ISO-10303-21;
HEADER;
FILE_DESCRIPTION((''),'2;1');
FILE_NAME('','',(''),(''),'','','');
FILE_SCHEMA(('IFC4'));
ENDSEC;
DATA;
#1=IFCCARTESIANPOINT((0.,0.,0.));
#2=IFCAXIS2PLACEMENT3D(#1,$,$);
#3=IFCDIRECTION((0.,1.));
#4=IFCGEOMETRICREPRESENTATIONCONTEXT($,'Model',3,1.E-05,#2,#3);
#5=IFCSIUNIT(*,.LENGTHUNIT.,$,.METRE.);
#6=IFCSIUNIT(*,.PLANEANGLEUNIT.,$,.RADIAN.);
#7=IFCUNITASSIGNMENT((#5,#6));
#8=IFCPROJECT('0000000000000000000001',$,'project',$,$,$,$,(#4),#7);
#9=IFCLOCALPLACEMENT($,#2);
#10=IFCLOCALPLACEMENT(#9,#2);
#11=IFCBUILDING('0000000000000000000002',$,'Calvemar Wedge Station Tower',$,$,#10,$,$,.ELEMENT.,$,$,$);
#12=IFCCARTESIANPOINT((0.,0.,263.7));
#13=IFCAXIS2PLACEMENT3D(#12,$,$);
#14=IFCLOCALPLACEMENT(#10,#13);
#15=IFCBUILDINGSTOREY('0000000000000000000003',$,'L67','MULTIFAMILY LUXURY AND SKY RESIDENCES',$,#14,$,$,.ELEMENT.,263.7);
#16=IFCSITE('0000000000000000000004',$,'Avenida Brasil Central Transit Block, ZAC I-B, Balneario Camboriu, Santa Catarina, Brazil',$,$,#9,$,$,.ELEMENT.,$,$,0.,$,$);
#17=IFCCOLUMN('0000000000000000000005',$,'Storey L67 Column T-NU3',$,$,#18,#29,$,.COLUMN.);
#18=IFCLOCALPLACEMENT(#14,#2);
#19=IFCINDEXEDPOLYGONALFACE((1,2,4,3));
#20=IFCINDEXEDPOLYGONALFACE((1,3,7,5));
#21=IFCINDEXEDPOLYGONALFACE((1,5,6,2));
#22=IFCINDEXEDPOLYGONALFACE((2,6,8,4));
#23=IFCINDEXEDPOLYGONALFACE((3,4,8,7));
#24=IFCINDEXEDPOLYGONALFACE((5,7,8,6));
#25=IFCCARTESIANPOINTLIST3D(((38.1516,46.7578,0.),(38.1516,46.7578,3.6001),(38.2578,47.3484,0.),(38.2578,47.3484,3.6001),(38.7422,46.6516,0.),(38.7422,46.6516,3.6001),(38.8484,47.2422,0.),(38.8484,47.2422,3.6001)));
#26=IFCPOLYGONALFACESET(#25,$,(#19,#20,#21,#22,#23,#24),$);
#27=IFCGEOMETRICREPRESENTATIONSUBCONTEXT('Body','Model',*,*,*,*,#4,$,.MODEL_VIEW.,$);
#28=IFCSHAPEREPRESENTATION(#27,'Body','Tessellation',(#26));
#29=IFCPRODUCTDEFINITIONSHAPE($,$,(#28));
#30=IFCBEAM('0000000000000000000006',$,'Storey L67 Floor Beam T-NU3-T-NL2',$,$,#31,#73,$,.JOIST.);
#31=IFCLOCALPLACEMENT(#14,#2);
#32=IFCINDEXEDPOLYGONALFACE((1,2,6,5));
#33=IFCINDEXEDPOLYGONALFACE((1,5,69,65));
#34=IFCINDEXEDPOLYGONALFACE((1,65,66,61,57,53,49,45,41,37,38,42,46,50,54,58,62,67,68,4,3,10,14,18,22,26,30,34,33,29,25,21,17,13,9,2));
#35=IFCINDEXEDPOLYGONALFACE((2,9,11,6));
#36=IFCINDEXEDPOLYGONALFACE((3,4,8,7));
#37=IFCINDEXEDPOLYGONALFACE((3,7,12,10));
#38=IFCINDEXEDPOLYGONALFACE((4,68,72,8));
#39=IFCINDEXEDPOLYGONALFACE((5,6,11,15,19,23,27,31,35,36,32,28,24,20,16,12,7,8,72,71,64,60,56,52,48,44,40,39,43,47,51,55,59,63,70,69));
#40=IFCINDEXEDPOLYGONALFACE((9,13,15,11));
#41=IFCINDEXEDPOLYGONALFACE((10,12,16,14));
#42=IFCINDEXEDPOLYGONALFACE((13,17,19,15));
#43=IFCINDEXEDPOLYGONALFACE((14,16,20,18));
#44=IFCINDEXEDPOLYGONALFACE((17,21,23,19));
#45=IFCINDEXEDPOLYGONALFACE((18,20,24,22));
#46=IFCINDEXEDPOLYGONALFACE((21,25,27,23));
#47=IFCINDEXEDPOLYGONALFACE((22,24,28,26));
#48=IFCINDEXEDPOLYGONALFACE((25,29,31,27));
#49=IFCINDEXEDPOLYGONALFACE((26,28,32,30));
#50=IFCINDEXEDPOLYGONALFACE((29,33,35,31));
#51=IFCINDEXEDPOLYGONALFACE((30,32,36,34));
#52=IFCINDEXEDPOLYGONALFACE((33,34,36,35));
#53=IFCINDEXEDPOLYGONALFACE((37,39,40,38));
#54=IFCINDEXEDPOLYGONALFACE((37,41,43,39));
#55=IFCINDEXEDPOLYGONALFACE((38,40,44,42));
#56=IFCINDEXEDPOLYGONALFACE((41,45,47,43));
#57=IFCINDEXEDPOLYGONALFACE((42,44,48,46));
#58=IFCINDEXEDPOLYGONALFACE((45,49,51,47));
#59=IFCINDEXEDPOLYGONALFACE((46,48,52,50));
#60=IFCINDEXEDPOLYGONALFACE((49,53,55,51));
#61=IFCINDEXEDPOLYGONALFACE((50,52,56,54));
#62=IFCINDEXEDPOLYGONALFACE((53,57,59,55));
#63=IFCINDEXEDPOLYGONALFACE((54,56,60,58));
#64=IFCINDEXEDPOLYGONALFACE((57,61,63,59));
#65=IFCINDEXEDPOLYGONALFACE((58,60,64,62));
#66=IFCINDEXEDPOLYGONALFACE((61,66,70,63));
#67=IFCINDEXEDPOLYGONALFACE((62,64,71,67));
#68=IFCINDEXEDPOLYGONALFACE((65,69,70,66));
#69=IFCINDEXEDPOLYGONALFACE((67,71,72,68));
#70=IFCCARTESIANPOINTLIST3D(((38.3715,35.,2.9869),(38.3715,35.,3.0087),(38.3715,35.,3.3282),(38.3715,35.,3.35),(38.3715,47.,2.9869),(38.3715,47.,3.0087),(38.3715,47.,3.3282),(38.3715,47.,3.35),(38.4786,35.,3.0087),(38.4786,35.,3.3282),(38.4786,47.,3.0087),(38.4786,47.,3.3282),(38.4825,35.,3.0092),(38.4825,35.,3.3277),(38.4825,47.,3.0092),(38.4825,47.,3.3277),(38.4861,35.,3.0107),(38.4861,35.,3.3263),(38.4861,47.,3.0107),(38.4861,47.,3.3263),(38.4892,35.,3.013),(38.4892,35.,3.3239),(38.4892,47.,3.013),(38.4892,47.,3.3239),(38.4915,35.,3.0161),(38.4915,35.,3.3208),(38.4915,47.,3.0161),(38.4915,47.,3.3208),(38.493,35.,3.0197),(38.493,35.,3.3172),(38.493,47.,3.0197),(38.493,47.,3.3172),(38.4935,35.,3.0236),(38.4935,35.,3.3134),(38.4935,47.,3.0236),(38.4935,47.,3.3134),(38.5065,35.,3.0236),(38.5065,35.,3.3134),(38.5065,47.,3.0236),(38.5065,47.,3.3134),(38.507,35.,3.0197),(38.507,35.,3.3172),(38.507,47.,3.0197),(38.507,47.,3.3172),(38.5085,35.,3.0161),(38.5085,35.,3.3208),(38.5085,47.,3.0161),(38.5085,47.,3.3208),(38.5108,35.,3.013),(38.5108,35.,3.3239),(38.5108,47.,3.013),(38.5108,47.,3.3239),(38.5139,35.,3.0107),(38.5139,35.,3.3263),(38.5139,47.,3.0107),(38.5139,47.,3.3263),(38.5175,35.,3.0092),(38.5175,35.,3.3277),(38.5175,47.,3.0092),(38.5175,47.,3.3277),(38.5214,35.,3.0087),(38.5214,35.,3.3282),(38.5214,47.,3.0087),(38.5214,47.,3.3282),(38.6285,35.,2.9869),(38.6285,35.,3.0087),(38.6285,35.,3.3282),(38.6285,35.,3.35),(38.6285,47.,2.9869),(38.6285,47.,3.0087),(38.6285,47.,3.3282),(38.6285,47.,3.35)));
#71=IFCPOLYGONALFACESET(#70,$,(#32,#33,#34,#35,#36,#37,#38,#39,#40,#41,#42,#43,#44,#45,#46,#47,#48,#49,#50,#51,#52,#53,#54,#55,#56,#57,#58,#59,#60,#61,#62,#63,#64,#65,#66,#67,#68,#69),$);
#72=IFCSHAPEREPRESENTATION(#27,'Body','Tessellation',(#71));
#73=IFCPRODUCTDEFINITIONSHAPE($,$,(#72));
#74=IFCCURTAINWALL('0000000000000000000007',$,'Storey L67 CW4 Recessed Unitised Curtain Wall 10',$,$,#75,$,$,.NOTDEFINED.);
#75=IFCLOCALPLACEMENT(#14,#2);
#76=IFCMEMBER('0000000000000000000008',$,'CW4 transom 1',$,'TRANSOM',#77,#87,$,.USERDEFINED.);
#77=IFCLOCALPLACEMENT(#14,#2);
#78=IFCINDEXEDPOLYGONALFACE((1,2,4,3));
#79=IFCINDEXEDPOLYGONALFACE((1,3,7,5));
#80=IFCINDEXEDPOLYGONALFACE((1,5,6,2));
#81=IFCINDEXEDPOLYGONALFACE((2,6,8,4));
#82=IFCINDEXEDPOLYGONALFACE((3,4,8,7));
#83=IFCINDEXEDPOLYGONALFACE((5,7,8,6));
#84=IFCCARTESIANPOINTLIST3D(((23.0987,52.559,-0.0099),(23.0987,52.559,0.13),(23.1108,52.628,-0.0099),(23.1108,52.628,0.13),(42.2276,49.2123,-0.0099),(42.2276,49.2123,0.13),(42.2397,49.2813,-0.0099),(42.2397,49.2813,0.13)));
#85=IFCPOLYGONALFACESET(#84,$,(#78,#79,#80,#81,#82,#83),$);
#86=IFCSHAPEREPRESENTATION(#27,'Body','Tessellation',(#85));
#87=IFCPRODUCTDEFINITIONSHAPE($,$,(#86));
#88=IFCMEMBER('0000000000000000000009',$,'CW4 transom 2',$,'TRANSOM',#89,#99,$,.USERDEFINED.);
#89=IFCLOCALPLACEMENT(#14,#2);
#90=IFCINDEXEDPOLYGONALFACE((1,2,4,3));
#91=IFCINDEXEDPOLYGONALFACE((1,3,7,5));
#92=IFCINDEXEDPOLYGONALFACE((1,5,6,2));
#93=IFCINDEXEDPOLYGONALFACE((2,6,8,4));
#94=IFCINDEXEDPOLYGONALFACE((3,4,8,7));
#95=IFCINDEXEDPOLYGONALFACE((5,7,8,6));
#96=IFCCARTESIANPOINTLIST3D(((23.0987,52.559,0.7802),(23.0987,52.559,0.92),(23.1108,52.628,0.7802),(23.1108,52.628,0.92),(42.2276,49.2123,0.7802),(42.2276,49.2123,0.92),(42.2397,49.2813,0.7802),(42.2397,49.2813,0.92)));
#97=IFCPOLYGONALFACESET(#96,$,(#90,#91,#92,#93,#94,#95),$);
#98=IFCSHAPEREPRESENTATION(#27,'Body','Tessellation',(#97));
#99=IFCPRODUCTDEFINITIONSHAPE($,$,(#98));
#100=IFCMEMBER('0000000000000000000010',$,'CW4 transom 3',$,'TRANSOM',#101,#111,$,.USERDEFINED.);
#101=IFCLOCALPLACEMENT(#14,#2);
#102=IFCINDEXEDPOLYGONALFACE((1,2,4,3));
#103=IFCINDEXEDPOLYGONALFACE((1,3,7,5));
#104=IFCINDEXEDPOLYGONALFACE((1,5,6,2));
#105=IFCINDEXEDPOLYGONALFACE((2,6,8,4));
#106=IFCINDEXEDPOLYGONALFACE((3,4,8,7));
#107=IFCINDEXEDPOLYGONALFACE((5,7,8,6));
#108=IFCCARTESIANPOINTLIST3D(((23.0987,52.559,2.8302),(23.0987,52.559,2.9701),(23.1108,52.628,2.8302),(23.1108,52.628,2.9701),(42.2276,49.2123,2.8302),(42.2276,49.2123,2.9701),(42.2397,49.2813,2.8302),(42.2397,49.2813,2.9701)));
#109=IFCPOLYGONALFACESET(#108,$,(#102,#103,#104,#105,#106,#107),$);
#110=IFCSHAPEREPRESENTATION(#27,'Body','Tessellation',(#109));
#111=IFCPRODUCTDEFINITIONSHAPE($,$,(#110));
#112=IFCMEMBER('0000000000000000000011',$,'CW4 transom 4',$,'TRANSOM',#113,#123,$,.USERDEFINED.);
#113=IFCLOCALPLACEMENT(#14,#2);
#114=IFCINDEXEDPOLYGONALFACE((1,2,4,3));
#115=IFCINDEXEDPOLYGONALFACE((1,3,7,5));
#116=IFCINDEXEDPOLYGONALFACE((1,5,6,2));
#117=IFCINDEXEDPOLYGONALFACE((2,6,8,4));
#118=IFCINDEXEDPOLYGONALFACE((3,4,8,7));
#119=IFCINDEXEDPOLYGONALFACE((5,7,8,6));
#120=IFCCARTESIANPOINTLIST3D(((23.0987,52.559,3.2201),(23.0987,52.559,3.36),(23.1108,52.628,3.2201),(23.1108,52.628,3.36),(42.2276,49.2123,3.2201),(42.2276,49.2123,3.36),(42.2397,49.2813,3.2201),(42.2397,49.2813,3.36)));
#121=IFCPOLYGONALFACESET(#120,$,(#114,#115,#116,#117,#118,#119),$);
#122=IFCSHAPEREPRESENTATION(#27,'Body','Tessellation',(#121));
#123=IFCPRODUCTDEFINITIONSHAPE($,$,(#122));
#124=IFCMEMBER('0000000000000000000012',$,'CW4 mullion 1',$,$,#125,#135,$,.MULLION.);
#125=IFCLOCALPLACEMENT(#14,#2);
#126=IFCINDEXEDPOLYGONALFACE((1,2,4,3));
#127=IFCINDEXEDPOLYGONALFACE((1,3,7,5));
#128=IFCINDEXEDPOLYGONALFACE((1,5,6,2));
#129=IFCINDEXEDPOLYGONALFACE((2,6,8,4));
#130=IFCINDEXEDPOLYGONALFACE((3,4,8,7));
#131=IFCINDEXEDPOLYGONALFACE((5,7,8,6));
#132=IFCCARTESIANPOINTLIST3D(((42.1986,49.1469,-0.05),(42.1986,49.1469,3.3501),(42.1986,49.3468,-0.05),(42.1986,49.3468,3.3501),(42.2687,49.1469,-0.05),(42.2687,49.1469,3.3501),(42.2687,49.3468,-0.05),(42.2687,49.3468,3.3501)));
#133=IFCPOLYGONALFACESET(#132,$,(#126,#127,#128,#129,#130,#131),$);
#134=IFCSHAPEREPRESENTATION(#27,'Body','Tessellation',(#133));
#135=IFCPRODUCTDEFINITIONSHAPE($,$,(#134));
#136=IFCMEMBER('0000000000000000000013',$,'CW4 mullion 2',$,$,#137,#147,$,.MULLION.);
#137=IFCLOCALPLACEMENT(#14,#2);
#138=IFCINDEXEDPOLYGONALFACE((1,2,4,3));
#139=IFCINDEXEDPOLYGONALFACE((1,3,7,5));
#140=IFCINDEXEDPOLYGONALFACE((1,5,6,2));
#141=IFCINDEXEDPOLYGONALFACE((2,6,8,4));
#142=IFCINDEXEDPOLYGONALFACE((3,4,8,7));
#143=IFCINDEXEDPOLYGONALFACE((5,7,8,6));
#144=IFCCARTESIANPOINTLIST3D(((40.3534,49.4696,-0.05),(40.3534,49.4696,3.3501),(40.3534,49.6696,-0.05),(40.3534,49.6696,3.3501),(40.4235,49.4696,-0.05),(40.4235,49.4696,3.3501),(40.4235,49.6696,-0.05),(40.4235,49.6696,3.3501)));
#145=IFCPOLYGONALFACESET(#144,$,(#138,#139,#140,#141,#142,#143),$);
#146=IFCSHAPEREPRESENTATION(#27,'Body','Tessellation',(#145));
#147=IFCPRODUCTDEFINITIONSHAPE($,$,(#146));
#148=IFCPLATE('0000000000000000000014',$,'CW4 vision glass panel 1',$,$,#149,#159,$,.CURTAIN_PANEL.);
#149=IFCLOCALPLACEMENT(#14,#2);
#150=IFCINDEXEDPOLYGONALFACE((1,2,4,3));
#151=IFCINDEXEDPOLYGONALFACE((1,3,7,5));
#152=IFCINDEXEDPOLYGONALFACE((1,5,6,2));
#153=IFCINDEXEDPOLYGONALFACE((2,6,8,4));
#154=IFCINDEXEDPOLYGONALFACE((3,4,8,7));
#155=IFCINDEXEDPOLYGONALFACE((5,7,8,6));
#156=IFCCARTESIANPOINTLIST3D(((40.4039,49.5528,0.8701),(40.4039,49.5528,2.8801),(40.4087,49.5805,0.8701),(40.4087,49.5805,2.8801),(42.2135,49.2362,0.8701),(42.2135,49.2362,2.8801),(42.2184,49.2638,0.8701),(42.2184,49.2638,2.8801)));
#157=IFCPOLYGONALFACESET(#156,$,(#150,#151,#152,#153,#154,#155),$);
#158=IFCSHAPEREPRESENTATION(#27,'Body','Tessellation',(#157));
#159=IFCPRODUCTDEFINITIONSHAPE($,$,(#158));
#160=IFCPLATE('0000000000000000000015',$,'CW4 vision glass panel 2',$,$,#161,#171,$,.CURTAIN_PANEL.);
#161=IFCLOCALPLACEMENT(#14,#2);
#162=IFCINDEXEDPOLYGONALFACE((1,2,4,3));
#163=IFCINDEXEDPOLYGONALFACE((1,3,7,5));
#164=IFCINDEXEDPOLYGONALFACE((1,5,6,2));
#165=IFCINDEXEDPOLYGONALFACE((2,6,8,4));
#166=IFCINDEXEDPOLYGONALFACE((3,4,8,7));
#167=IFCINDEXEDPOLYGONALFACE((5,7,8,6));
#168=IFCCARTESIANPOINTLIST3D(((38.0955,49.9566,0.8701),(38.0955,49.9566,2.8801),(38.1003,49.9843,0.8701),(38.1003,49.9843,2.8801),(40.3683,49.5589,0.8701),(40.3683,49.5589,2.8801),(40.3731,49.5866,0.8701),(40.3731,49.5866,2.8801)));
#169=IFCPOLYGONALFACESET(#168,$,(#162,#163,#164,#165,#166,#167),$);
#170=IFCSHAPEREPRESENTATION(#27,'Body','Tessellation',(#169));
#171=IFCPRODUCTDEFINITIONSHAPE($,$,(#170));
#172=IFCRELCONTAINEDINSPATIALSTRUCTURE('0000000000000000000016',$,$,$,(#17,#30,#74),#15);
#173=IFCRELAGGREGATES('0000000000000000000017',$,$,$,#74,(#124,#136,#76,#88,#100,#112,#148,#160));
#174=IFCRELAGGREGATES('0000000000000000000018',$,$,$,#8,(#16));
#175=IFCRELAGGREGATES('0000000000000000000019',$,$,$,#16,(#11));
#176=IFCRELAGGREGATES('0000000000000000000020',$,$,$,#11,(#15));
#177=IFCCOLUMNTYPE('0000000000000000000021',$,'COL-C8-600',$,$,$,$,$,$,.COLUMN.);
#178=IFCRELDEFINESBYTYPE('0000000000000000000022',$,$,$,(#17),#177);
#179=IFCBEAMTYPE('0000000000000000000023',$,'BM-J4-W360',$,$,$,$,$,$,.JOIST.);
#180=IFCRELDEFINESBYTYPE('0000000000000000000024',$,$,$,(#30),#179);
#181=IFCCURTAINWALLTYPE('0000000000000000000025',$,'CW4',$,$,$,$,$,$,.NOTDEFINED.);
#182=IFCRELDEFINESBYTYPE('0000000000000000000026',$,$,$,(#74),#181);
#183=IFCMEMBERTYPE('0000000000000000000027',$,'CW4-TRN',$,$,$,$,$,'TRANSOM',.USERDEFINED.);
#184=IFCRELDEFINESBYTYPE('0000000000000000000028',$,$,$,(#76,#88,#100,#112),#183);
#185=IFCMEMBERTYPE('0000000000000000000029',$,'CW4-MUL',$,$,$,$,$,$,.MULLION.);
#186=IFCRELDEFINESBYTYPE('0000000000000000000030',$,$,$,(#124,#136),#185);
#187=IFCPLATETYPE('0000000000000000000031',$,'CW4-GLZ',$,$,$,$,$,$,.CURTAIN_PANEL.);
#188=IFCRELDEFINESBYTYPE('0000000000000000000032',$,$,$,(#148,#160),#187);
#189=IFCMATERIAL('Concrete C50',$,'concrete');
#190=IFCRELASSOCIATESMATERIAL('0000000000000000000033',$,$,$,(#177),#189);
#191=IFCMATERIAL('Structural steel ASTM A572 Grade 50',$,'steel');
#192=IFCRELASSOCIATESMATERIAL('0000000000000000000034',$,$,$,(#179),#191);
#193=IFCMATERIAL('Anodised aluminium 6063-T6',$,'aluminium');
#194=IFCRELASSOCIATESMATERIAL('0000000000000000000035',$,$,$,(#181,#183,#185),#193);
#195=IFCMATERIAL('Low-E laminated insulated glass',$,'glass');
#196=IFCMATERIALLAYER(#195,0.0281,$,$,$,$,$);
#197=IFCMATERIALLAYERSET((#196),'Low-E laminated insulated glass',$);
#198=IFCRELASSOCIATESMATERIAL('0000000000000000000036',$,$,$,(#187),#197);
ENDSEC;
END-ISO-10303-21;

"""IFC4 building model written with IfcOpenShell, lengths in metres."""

from ifc_helpers import new_model, si_unit, direction, frame, frame_2d, origin, origin_2d, place, context, subcontext, project, spatial, rectangle, i_section, extrude, source, transform, mapped, material, layer, layer_set, material_profile, profile_set, type_object, element, aggregate, save


model = new_model("IFC4")

# Units and contexts
model_context = context("Model", 3, precision=1e-05, world=origin(), true_north=direction((0.0, 1.0)))
body_context = subcontext(model_context, "Body", "Model", "MODEL_VIEW")
ifc_project = project(units=[si_unit("LENGTHUNIT", "METRE"), si_unit("PLANEANGLEUNIT", "RADIAN")], contexts=[model_context])

# Site, building, storey
site_placement = place(None, origin())
site = spatial("IfcSite", under=ifc_project, at=site_placement, Name="Avenida Brasil Central Transit Block, ZAC I-B, Balneario Camboriu, Santa Catarina, Brazil", CompositionType="ELEMENT", RefElevation=0.0)
building_placement = place(site_placement, origin())
building = spatial("IfcBuilding", under=site, at=building_placement, Name="Calvemar Wedge Station Tower", CompositionType="ELEMENT")
storey_placement = place(building_placement, frame((0.0, 0.0, 263.7)))
storey = spatial("IfcBuildingStorey", under=building, at=storey_placement, Name="L67", Description="MULTIFAMILY LUXURY AND SKY RESIDENCES", CompositionType="ELEMENT", Elevation=263.7)

# Column
ifc_material_1 = material(Name="Concrete C50", Category="concrete")
ifc_material_profile_1 = material_profile(ifc_material_1, rectangle(XDim=0.6001, YDim=0.6001, at=origin_2d()), Name="RC600x600")
ifc_profile_set_1 = profile_set([ifc_material_profile_1], Name="Concrete C50")
column_type = type_object("IfcColumnType", Name="COL-C8-600", PredefinedType="COLUMN", material=ifc_profile_set_1)
shared_shape_1 = source(origin(), body_context, "Body", "SweptSolid", [
    extrude(rectangle(XDim=0.6001, YDim=0.6001, at=origin_2d()), origin(), (0.0, 0.0, 1.0), 3.6001),
])
column_placement = place(storey_placement, frame((38.5, 47.0, 0.0), z_axis=(0.0, 0.0, 1.0), x_axis=(0.984196, -0.177085, 0.0)))
element("IfcColumn", 1, at=column_placement, inside=storey, type_object=column_type, Name="Storey L67 Column T-NU3", PredefinedType="COLUMN", context=body_context, shape_type="MappedRepresentation", body=[
    mapped(shared_shape_1, transform((0.0, 0.0, 0.0), scale=1.0)),
])

# Beam
ifc_material_2 = material(Name="Structural steel ASTM A572 Grade 50", Category="steel")
ifc_material_profile_2 = material_profile(ifc_material_2, i_section(OverallWidth=0.2571, OverallDepth=0.363, WebThickness=0.0129, FlangeThickness=0.0217, FilletRadius=0.0149, at=origin_2d()), Name="W360x122")
ifc_profile_set_2 = profile_set([ifc_material_profile_2], Name="Structural steel ASTM A572 Grade 50")
beam_type = type_object("IfcBeamType", Name="BM-J4-W360", PredefinedType="JOIST", material=ifc_profile_set_2)
shared_shape_2 = source(origin(), body_context, "Body", "SweptSolid", [
    extrude(i_section(OverallWidth=0.2571, OverallDepth=0.363, WebThickness=0.0129, FlangeThickness=0.0217, FilletRadius=0.0149, at=origin_2d()), origin(), (0.0, 0.0, 1.0), 12.0),
])
beam_placement = place(storey_placement, frame((38.5, 47.0, 3.1685), z_axis=(0.0, -1.0, 0.0), x_axis=(1.0, 0.0, 0.0)))
element("IfcBeam", 2, at=beam_placement, inside=storey, type_object=beam_type, Name="Storey L67 Floor Beam T-NU3-T-NL2", PredefinedType="JOIST", context=body_context, shape_type="MappedRepresentation", body=[
    mapped(shared_shape_2, transform((0.0, 0.0, 0.0), scale=1.0)),
])

# Curtain wall, members, plates
ifc_material_3 = material(Name="Anodised aluminium 6063-T6", Category="aluminium")
curtain_wall_type = type_object("IfcCurtainWallType", Name="CW4", PredefinedType="NOTDEFINED", material=ifc_material_3)
curtain_wall_placement = place(storey_placement, origin())
curtain_wall = element("IfcCurtainWall", 3, at=curtain_wall_placement, inside=storey, type_object=curtain_wall_type, Name="Storey L67 CW4 Recessed Unitised Curtain Wall 10", PredefinedType="NOTDEFINED")
ifc_material_profile_3 = material_profile(ifc_material_3, rectangle(XDim=0.0701, YDim=0.1399, at=origin_2d()), Name="AL-TRN-70x140")
ifc_profile_set_3 = profile_set([ifc_material_profile_3], Name="Anodised aluminium 6063-T6")
member_type_1 = type_object("IfcMemberType", Name="CW4-TRN", ElementType="TRANSOM", PredefinedType="USERDEFINED", material=ifc_profile_set_3)
shared_shape_3 = source(origin(), body_context, "Body", "SweptSolid", [
    extrude(rectangle(XDim=0.0701, YDim=0.1399, at=origin_2d()), origin(), (0.0, 0.0, 1.0), 19.4194),
])
member_1_placement = place(storey_placement, frame((42.2336, 49.2468, 0.0601), z_axis=(-0.985038, 0.172336, 0.0), x_axis=(-0.172336, -0.985038, 0.0)))
member_1 = element("IfcMember", 4, at=member_1_placement, type_object=member_type_1, Name="CW4 transom 1", ObjectType="TRANSOM", PredefinedType="USERDEFINED", context=body_context, shape_type="MappedRepresentation", body=[
    mapped(shared_shape_3, transform((0.0, 0.0, 0.0), scale=1.0)),
])
member_2_placement = place(storey_placement, frame((42.2336, 49.2468, 0.8501), z_axis=(-0.985038, 0.172336, 0.0), x_axis=(-0.172336, -0.985038, 0.0)))
member_2 = element("IfcMember", 5, at=member_2_placement, type_object=member_type_1, Name="CW4 transom 2", ObjectType="TRANSOM", PredefinedType="USERDEFINED", context=body_context, shape_type="MappedRepresentation", body=[
    mapped(shared_shape_3, transform((0.0, 0.0, 0.0), scale=1.0)),
])
member_3_placement = place(storey_placement, frame((42.2336, 49.2468, 2.9001), z_axis=(-0.985038, 0.172336, 0.0), x_axis=(-0.172336, -0.985038, 0.0)))
member_3 = element("IfcMember", 6, at=member_3_placement, type_object=member_type_1, Name="CW4 transom 3", ObjectType="TRANSOM", PredefinedType="USERDEFINED", context=body_context, shape_type="MappedRepresentation", body=[
    mapped(shared_shape_3, transform((0.0, 0.0, 0.0), scale=1.0)),
])
member_4_placement = place(storey_placement, frame((42.2336, 49.2468, 3.29), z_axis=(-0.985038, 0.172336, 0.0), x_axis=(-0.172336, -0.985038, 0.0)))
member_4 = element("IfcMember", 7, at=member_4_placement, type_object=member_type_1, Name="CW4 transom 4", ObjectType="TRANSOM", PredefinedType="USERDEFINED", context=body_context, shape_type="MappedRepresentation", body=[
    mapped(shared_shape_3, transform((0.0, 0.0, 0.0), scale=1.0)),
])
ifc_material_profile_4 = material_profile(ifc_material_3, rectangle(XDim=0.0701, YDim=0.2, at=origin_2d()), Name="AL-MUL-70x200")
ifc_profile_set_4 = profile_set([ifc_material_profile_4], Name="Anodised aluminium 6063-T6")
member_type_2 = type_object("IfcMemberType", Name="CW4-MUL", PredefinedType="MULLION", material=ifc_profile_set_4)
shared_shape_4 = source(origin(), body_context, "Body", "SweptSolid", [
    extrude(rectangle(XDim=0.0701, YDim=0.2, at=origin_2d()), origin(), (0.0, 0.0, 1.0), 3.4001),
])
member_5_placement = place(storey_placement, frame((42.2336, 49.2468, -0.05), z_axis=(0.0, 0.0, 1.0), x_axis=(1.0, 0.0, 0.0)))
member_5 = element("IfcMember", 8, at=member_5_placement, type_object=member_type_2, Name="CW4 mullion 1", PredefinedType="MULLION", context=body_context, shape_type="MappedRepresentation", body=[
    mapped(shared_shape_4, transform((0.0, 0.0, 0.0), scale=1.0)),
])
member_6_placement = place(storey_placement, frame((40.3884, 49.5696, -0.05), z_axis=(0.0, 0.0, 1.0), x_axis=(1.0, 0.0, 0.0)))
member_6 = element("IfcMember", 9, at=member_6_placement, type_object=member_type_2, Name="CW4 mullion 2", PredefinedType="MULLION", context=body_context, shape_type="MappedRepresentation", body=[
    mapped(shared_shape_4, transform((0.0, 0.0, 0.0), scale=1.0)),
])
ifc_material_4 = material(Name="Low-E laminated insulated glass", Category="glass")
ifc_layer_1 = layer(ifc_material_4, 0.0281)
ifc_layer_set_1 = layer_set([ifc_layer_1], Name="Low-E laminated insulated glass")
plate_type_1 = type_object("IfcPlateType", Name="CW4-GLZ", PredefinedType="CURTAIN_PANEL", material=ifc_layer_set_1)
plate_1_placement = place(storey_placement, frame((42.2158, 49.25, 0.8701), z_axis=(0.0, 0.0, 1.0), x_axis=(-0.985033, 0.172367, 0.0)))
plate_1 = element("IfcPlate", 10, at=plate_1_placement, type_object=plate_type_1, Name="CW4 vision glass panel 1", PredefinedType="CURTAIN_PANEL", context=body_context, shape_type="SweptSolid", body=[
    extrude(rectangle(XDim=1.8372, YDim=0.0281, at=frame_2d((0.9185, 0.0))), origin(), (0.0, 0.0, 1.0), 2.01),
])
plate_2_placement = place(storey_placement, frame((40.3708, 49.5728, 0.8701), z_axis=(0.0, 0.0, 1.0), x_axis=(-0.985035, 0.172355, 0.0)))
plate_2 = element("IfcPlate", 11, at=plate_2_placement, type_object=plate_type_1, Name="CW4 vision glass panel 2", PredefinedType="CURTAIN_PANEL", context=body_context, shape_type="SweptSolid", body=[
    extrude(rectangle(XDim=2.3074, YDim=0.0281, at=frame_2d((1.1538, 0.0))), origin(), (0.0, 0.0, 1.0), 2.01),
])
aggregate(curtain_wall, [member_5, member_6, member_1, member_2, member_3, member_4, plate_1, plate_2])

save(model, "model.ifc")
